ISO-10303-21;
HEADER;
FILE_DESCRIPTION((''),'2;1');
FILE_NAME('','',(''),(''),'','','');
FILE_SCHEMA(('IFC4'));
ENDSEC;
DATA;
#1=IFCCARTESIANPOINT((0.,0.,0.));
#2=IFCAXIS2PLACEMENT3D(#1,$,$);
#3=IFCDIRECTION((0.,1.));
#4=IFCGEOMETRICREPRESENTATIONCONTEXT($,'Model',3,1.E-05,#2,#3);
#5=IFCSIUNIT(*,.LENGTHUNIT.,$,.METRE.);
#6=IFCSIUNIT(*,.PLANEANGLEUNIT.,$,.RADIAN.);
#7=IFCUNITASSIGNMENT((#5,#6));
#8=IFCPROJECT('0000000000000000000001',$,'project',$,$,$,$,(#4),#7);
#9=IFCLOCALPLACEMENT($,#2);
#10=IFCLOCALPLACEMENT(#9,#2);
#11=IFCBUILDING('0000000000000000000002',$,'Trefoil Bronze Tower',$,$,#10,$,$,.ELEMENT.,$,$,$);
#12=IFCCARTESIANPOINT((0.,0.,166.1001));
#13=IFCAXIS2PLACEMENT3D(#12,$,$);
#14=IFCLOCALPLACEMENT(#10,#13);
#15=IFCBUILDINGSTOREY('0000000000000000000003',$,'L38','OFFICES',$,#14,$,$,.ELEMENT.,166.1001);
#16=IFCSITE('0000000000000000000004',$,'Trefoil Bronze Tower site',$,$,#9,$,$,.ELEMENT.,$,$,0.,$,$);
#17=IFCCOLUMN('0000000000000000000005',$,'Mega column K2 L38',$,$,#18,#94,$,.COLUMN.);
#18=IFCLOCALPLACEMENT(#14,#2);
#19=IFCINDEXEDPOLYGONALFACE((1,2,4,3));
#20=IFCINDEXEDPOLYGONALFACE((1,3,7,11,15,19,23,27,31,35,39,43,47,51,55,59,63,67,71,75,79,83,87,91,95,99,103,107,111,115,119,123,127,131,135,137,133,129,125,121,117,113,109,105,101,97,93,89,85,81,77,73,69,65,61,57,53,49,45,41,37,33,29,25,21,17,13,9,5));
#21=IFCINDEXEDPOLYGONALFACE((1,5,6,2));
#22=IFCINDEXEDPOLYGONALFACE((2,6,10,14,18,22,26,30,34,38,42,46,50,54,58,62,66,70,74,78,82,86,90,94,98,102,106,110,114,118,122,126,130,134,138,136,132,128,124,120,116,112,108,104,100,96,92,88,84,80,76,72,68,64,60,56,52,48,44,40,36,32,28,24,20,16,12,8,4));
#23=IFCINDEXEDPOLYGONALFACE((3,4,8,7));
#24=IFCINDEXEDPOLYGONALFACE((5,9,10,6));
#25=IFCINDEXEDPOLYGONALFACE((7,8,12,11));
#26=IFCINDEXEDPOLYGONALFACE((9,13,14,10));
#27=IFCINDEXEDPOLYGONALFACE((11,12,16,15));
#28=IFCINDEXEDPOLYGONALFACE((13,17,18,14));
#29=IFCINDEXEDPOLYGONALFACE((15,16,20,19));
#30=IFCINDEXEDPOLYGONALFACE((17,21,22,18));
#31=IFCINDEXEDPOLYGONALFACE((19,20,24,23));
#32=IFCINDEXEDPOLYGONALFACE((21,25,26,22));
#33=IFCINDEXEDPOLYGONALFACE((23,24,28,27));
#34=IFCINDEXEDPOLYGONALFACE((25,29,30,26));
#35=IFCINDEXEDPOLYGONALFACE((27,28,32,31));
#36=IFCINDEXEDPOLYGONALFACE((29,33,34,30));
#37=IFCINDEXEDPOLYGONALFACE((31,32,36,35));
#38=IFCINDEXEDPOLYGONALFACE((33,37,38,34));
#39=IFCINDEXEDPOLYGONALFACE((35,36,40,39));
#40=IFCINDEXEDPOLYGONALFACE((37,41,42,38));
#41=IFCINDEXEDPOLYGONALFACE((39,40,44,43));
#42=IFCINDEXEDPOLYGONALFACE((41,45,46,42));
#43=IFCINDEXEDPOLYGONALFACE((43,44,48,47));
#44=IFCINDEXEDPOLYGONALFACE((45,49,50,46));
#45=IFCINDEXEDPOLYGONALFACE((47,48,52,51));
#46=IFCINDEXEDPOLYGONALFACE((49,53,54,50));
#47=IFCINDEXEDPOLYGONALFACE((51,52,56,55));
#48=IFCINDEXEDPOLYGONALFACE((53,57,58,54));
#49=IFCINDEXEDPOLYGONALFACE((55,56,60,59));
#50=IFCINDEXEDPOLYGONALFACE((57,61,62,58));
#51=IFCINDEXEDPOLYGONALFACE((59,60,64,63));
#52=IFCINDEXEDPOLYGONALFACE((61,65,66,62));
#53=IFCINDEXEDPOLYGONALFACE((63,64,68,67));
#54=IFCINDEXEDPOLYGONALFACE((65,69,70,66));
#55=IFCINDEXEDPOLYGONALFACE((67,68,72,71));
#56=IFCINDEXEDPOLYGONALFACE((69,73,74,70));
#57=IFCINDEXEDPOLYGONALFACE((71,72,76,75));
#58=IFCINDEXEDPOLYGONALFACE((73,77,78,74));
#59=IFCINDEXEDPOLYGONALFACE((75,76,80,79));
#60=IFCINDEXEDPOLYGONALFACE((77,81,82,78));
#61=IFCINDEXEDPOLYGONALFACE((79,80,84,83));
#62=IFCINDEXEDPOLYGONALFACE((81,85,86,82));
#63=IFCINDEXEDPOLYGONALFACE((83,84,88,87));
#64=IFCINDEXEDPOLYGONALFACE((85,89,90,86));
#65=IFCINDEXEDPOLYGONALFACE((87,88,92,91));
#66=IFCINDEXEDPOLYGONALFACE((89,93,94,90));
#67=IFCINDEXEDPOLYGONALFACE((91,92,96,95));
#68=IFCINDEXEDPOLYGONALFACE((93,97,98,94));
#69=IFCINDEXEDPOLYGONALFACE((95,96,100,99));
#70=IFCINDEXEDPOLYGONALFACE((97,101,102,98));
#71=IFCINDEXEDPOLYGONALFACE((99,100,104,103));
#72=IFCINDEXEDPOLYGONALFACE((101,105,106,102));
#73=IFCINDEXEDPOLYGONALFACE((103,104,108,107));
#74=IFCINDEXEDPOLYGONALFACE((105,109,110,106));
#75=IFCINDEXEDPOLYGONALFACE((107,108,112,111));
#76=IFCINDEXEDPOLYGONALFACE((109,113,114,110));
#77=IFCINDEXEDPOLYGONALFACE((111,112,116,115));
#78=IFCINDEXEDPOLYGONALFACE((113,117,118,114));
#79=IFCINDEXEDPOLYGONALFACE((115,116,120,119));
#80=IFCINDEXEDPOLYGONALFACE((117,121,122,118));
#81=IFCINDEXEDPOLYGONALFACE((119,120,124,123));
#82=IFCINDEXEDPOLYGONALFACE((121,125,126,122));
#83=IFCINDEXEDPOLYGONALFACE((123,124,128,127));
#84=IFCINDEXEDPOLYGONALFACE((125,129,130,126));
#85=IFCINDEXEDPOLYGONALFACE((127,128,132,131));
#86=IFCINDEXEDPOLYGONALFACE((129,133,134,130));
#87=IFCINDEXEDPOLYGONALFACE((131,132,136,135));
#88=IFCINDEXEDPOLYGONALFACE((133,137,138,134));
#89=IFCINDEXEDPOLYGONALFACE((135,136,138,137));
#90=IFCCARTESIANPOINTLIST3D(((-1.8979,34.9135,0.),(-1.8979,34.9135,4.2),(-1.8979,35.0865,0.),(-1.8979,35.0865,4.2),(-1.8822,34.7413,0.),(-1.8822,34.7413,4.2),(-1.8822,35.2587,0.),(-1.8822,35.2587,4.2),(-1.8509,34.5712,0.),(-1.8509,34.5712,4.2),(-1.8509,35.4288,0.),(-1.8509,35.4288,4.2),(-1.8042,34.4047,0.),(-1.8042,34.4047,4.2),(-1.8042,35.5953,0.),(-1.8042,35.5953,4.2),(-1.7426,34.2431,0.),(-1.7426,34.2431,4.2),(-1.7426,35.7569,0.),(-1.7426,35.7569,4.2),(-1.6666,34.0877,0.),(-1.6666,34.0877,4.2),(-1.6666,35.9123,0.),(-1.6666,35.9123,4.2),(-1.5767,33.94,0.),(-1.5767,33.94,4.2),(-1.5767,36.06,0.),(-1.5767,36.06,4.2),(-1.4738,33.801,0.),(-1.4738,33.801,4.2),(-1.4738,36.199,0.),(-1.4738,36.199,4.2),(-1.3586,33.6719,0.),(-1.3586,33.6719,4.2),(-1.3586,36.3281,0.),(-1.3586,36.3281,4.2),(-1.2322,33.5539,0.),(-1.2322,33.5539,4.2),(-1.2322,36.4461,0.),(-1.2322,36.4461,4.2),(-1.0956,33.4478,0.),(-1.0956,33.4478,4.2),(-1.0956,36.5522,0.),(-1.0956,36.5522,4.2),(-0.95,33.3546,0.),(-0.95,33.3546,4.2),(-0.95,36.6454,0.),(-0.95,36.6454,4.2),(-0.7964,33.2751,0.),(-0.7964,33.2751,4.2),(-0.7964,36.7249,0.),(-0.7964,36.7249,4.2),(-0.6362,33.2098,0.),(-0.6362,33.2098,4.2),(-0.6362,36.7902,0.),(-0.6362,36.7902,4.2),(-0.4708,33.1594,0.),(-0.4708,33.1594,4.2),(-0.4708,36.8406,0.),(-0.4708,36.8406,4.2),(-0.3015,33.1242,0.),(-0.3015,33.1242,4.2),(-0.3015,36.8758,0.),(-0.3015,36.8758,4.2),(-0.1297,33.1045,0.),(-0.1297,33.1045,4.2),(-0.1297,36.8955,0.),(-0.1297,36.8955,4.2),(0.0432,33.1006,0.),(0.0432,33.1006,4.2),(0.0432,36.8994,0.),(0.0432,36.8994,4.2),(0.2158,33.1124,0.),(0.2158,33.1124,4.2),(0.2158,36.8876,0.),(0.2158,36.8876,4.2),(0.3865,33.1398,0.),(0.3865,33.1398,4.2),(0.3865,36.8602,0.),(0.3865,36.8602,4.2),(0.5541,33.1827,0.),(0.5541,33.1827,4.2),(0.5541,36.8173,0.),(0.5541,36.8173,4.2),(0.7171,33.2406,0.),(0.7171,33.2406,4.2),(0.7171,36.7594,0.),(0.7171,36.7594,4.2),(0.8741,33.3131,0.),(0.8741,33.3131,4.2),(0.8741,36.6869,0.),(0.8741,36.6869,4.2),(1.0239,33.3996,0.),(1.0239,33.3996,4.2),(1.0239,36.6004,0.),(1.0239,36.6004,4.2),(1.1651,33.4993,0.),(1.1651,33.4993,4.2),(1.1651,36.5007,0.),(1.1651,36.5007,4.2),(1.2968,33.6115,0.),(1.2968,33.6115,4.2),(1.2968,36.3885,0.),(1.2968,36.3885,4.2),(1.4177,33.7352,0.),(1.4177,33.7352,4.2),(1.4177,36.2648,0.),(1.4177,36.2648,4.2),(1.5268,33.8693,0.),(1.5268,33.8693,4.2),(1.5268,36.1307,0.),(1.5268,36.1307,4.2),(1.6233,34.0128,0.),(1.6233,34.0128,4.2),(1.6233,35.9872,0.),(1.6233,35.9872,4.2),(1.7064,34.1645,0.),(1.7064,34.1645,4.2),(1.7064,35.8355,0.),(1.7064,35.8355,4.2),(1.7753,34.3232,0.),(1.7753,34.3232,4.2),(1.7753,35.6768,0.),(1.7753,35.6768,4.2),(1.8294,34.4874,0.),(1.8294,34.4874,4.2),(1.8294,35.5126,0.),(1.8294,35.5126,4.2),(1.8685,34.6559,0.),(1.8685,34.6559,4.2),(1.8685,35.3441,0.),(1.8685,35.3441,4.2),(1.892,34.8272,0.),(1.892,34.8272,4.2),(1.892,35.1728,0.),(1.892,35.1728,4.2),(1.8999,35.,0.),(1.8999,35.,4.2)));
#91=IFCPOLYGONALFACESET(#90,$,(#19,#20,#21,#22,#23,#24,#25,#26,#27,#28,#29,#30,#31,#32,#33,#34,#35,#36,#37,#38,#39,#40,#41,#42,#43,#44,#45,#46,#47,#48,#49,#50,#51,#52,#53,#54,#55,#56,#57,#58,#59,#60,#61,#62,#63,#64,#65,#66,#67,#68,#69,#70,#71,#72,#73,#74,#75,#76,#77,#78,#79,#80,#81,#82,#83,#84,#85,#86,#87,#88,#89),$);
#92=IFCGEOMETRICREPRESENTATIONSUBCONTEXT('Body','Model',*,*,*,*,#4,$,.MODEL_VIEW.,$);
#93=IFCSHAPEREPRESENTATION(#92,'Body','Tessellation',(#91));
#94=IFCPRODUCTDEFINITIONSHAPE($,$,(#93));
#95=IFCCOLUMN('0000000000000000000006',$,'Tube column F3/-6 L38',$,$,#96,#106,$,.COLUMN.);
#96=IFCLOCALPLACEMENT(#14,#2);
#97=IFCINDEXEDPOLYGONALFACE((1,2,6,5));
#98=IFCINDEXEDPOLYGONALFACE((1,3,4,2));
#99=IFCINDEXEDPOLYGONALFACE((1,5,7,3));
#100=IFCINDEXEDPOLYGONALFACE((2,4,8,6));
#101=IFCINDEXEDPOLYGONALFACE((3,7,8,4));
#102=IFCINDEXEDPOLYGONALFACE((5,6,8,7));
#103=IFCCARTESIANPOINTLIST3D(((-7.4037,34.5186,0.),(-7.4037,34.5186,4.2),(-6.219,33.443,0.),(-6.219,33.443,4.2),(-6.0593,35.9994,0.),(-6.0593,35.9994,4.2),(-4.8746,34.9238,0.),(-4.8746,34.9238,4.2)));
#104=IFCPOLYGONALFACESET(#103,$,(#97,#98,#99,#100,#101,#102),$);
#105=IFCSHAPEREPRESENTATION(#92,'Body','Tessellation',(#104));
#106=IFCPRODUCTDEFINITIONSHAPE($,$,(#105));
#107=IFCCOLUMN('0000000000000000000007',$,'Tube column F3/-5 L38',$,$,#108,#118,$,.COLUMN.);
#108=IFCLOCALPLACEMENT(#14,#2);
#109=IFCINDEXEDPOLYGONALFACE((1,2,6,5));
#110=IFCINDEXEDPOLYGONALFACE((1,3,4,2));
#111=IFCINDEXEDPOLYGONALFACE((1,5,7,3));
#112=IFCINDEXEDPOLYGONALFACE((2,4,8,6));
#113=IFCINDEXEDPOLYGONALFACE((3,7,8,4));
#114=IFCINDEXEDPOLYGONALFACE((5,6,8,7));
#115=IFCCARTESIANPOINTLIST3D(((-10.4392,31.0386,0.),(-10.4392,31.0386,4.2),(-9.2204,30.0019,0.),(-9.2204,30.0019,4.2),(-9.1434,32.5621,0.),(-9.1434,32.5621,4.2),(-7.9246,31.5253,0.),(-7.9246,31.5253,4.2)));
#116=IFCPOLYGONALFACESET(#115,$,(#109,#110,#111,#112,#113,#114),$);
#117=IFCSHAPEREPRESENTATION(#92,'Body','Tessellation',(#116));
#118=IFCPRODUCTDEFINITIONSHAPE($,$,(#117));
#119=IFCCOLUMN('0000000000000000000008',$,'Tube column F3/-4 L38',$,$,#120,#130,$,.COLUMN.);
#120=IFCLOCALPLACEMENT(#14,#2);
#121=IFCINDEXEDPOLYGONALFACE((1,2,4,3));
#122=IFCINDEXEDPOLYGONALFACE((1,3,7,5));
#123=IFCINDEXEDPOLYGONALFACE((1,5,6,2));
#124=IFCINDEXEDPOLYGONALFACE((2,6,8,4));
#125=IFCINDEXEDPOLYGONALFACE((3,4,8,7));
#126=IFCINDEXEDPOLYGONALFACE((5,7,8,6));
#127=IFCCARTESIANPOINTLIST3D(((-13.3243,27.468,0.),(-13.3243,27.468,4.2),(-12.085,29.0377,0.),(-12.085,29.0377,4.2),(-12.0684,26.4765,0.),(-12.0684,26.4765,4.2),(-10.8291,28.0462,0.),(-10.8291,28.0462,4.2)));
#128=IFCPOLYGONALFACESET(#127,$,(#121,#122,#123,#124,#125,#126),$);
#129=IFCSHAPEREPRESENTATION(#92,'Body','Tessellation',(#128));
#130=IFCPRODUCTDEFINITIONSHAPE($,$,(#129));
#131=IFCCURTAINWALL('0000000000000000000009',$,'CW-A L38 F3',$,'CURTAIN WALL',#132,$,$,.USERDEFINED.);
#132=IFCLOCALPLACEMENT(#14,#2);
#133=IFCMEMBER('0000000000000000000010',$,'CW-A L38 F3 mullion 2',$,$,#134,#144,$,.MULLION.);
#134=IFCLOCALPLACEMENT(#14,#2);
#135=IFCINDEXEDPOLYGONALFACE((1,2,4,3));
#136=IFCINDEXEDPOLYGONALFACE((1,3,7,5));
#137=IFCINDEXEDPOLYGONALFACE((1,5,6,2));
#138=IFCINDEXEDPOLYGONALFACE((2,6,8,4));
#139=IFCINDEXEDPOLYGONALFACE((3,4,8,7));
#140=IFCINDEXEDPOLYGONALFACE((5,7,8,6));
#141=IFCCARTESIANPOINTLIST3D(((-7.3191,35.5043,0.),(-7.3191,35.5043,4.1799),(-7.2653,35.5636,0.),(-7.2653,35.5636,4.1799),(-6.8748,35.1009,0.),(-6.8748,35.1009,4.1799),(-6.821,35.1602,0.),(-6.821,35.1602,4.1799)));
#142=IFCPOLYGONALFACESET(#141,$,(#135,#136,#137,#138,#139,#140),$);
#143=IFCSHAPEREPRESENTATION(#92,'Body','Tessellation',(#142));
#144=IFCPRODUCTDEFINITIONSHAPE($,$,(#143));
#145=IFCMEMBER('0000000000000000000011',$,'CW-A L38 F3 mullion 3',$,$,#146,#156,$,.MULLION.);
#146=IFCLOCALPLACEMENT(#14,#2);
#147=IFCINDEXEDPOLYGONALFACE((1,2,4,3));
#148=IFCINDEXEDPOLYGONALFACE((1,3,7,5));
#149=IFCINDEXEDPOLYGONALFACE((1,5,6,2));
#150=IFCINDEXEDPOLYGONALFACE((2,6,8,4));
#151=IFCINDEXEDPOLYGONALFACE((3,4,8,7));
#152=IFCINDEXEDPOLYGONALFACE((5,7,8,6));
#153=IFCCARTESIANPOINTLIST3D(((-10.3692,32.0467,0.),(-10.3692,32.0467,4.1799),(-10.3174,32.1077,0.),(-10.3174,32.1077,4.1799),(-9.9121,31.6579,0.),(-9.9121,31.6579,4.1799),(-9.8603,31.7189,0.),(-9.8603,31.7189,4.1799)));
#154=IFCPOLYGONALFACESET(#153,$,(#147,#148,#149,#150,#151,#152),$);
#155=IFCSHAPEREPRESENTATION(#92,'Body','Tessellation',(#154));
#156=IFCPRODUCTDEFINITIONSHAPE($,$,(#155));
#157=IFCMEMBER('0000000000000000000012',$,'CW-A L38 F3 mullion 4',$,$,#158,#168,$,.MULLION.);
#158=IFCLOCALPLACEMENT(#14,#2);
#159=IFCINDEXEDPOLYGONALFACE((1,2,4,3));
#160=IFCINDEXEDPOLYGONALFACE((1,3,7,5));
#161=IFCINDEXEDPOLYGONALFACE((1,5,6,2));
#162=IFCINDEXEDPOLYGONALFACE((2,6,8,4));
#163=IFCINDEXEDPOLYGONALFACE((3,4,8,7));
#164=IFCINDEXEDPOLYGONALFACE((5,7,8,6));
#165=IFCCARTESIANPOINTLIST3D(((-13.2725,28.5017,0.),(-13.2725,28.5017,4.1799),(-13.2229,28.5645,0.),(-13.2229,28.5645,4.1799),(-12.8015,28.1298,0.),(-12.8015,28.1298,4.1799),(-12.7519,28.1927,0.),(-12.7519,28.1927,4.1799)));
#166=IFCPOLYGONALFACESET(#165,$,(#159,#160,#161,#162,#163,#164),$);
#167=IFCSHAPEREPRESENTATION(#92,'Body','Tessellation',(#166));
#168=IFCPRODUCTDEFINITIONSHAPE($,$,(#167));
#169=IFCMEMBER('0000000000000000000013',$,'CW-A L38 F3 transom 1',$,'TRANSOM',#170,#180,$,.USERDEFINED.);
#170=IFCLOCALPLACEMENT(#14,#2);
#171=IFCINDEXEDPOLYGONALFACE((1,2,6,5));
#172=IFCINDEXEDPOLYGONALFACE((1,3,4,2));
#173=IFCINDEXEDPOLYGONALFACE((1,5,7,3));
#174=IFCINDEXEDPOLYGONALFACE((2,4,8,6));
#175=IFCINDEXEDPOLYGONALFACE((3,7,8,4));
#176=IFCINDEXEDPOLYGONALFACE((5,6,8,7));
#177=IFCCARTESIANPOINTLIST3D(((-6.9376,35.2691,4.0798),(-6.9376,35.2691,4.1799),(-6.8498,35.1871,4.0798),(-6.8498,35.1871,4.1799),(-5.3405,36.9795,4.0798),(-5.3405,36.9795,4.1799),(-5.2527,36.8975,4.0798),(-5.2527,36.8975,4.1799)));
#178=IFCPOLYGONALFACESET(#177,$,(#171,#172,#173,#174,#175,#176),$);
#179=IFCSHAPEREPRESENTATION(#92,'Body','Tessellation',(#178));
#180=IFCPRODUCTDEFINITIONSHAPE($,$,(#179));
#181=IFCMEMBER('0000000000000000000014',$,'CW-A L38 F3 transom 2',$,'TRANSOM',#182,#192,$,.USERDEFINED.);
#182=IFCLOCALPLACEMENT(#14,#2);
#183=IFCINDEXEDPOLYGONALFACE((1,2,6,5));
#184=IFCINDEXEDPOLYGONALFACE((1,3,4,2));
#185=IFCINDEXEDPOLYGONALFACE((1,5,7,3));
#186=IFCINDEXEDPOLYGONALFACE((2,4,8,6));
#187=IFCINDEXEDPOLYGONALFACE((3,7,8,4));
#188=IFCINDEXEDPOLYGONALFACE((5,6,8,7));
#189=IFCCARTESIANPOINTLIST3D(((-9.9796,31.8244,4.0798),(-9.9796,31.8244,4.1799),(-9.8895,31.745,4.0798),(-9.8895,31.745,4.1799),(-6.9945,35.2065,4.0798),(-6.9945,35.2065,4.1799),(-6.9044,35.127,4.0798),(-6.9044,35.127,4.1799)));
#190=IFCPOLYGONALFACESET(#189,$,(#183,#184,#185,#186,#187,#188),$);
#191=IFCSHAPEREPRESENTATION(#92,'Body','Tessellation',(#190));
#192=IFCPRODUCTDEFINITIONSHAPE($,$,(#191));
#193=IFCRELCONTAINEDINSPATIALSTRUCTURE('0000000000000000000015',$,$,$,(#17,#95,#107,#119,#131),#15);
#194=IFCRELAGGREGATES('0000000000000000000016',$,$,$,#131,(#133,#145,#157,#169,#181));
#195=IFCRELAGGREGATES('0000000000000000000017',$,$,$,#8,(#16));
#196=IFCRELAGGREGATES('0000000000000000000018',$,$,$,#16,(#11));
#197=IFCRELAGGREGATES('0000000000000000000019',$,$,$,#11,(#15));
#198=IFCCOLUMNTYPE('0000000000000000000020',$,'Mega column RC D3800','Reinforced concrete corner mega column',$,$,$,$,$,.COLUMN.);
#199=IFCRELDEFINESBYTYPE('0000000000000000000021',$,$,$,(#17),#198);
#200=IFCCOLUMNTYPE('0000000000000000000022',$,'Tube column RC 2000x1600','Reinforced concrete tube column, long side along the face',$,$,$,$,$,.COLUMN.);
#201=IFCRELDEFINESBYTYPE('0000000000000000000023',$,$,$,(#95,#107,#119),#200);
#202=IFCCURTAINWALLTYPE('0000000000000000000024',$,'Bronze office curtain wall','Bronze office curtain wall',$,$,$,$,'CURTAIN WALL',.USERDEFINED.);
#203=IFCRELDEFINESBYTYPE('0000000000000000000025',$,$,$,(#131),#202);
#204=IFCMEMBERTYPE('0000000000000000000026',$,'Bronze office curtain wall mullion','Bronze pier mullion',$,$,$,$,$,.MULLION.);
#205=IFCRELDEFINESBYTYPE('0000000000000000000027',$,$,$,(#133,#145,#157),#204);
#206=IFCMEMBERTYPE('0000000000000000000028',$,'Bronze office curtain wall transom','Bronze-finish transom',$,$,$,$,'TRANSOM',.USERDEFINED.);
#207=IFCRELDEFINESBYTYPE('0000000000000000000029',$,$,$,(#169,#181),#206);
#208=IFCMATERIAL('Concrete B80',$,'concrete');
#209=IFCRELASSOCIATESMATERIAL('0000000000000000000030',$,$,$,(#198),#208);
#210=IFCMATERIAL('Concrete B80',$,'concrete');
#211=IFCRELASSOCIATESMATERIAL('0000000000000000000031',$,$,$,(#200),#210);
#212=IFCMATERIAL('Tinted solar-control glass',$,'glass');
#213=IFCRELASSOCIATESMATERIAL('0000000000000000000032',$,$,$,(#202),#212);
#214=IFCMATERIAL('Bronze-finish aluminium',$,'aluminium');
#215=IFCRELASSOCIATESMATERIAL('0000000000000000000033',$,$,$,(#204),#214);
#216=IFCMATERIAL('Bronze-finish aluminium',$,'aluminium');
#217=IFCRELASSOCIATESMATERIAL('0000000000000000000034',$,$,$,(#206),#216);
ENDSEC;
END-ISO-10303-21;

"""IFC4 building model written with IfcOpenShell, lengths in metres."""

from ifc_helpers import new_model, si_unit, direction, frame, origin, origin_2d, place, context, subcontext, project, spatial, rectangle, circle, extrude, material, material_profile, profile_set, type_object, element, aggregate, save


model = new_model("IFC4")

# Units and contexts
model_context = context("Model", 3, precision=1e-05, world=origin(), true_north=direction((0.0, 1.0)))
body_context = subcontext(model_context, "Body", "Model", "MODEL_VIEW")
ifc_project = project(units=[si_unit("LENGTHUNIT", "METRE"), si_unit("PLANEANGLEUNIT", "RADIAN")], contexts=[model_context])

# Site, building, storey
site_placement = place(None, origin())
site = spatial("IfcSite", under=ifc_project, at=site_placement, Name="Trefoil Bronze Tower site", CompositionType="ELEMENT", RefElevation=0.0)
building_placement = place(site_placement, origin())
building = spatial("IfcBuilding", under=site, at=building_placement, Name="Trefoil Bronze Tower", CompositionType="ELEMENT")
storey_placement = place(building_placement, frame((0.0, 0.0, 166.1001)))
storey = spatial("IfcBuildingStorey", under=building, at=storey_placement, Name="L38", Description="OFFICES", CompositionType="ELEMENT", Elevation=166.1001)

# Columns
ifc_material_1 = material(Name="Concrete B80", Category="concrete")
ifc_material_profile_1 = material_profile(ifc_material_1, circle(Radius=1.8999, at=origin_2d()), Name="RC D3800")
ifc_profile_set_1 = profile_set([ifc_material_profile_1], Name="Concrete B80")
column_type_1 = type_object("IfcColumnType", Name="Mega column RC D3800", Description="Reinforced concrete corner mega column", PredefinedType="COLUMN", material=ifc_profile_set_1)
column_placement = place(storey_placement, frame((0.0, 35.0, 0.0), z_axis=(0.0, 0.0, 1.0), x_axis=(1.0, 0.0, 0.0)))
element("IfcColumn", 1, at=column_placement, inside=storey, type_object=column_type_1, Name="Mega column K2 L38", PredefinedType="COLUMN", context=body_context, shape_type="SweptSolid", body=[
    extrude(circle(Radius=1.8999, at=origin_2d()), origin(), (0.0, 0.0, 1.0), 4.2),
])
ifc_material_2 = material(Name="Concrete B80", Category="concrete")
ifc_material_profile_2 = material_profile(ifc_material_2, rectangle(XDim=2.0, YDim=1.6001, at=origin_2d()), Name="RC 2000x1600")
ifc_profile_set_2 = profile_set([ifc_material_profile_2], Name="Concrete B80")
column_type_2 = type_object("IfcColumnType", Name="Tube column RC 2000x1600", Description="Reinforced concrete tube column, long side along the face", PredefinedType="COLUMN", material=ifc_profile_set_2)
for number, where, z_axis, x_axis, name in (
    (2, (-6.1392, 34.7212, 0.0), (0.0, 0.0, 1.0), (-0.67221, -0.740361, 0.0), "Tube column F3/-6 L38"),
    (3, (-9.1819, 31.282, 0.0), (0.0, 0.0, 1.0), (-0.647904, -0.761722, 0.0), "Tube column F3/-5 L38"),
    (4, (-12.0767, 27.7571, 0.0), (0.0, 0.0, 1.0), (-0.619649, -0.784879, 0.0), "Tube column F3/-4 L38"),
):
    element("IfcColumn", number, at=place(storey_placement, frame(where, z_axis=z_axis, x_axis=x_axis)), inside=storey, type_object=column_type_2, Name=name, PredefinedType="COLUMN", context=body_context, shape_type="SweptSolid", body=[
        extrude(rectangle(XDim=2.0, YDim=1.6001, at=origin_2d()), origin(), (0.0, 0.0, 1.0), 4.2),
    ])

# Curtain wall, members
ifc_material_3 = material(Name="Tinted solar-control glass", Category="glass")
curtain_wall_type_1 = type_object("IfcCurtainWallType", Name="Bronze office curtain wall", Description="Bronze office curtain wall", ElementType="CURTAIN WALL", PredefinedType="USERDEFINED", material=ifc_material_3)
curtain_wall_1_placement = place(storey_placement, origin())
curtain_wall_1 = element("IfcCurtainWall", 5, at=curtain_wall_1_placement, inside=storey, type_object=curtain_wall_type_1, Name="CW-A L38 F3", ObjectType="CURTAIN WALL", PredefinedType="USERDEFINED")
ifc_material_4 = material(Name="Bronze-finish aluminium", Category="aluminium")
ifc_material_profile_3 = material_profile(ifc_material_4, rectangle(XDim=0.6001, YDim=0.0801, at=origin_2d()), Name="CW-A mullion")
ifc_profile_set_3 = profile_set([ifc_material_profile_3], Name="Bronze-finish aluminium")
member_type_1 = type_object("IfcMemberType", Name="Bronze office curtain wall mullion", Description="Bronze pier mullion", PredefinedType="MULLION", material=ifc_profile_set_3)
member_1_placement = place(storey_placement, frame((-7.0701, 35.3323, 0.0), z_axis=(0.0, 0.0, 1.0), x_axis=(0.740361, -0.67221, 0.0)))
member_1 = element("IfcMember", 6, at=member_1_placement, type_object=member_type_1, Name="CW-A L38 F3 mullion 2", PredefinedType="MULLION", context=body_context, shape_type="SweptSolid", body=[
    extrude(rectangle(XDim=0.6001, YDim=0.0801, at=origin_2d()), origin(), (0.0, 0.0, 1.0), 4.1799),
])
member_2_placement = place(storey_placement, frame((-10.1147, 31.8828, 0.0), z_axis=(0.0, 0.0, 1.0), x_axis=(0.761722, -0.647904, 0.0)))
member_2 = element("IfcMember", 7, at=member_2_placement, type_object=member_type_1, Name="CW-A L38 F3 mullion 3", PredefinedType="MULLION", context=body_context, shape_type="SweptSolid", body=[
    extrude(rectangle(XDim=0.6001, YDim=0.0801, at=origin_2d()), origin(), (0.0, 0.0, 1.0), 4.1799),
])
member_3_placement = place(storey_placement, frame((-13.0122, 28.3472, 0.0), z_axis=(0.0, 0.0, 1.0), x_axis=(0.784879, -0.619649, 0.0)))
member_3 = element("IfcMember", 8, at=member_3_placement, type_object=member_type_1, Name="CW-A L38 F3 mullion 4", PredefinedType="MULLION", context=body_context, shape_type="SweptSolid", body=[
    extrude(rectangle(XDim=0.6001, YDim=0.0801, at=origin_2d()), origin(), (0.0, 0.0, 1.0), 4.1799),
])
ifc_material_5 = material(Name="Bronze-finish aluminium", Category="aluminium")
ifc_material_profile_4 = material_profile(ifc_material_5, rectangle(XDim=0.1201, YDim=0.1001, at=origin_2d()), Name="CW-A transom")
ifc_profile_set_4 = profile_set([ifc_material_profile_4], Name="Bronze-finish aluminium")
member_type_2 = type_object("IfcMemberType", Name="Bronze office curtain wall transom", Description="Bronze-finish transom", ElementType="TRANSOM", PredefinedType="USERDEFINED", material=ifc_profile_set_4)
member_4_placement = place(storey_placement, frame((-5.2966, 36.9385, 4.1299), z_axis=(-0.682489, -0.730896, 0.0), x_axis=(0.730896, -0.682489, 0.0)))
member_4 = element("IfcMember", 9, at=member_4_placement, type_object=member_type_2, Name="CW-A L38 F3 transom 1", ObjectType="TRANSOM", PredefinedType="USERDEFINED", context=body_context, shape_type="SweptSolid", body=[
    extrude(rectangle(XDim=0.1201, YDim=0.1001, at=origin_2d()), origin(), (0.0, 0.0, 1.0), 2.3401),
])
member_5_placement = place(storey_placement, frame((-6.9495, 35.1667, 4.1299), z_axis=(-0.661736, -0.749737, 0.0), x_axis=(0.749737, -0.661736, 0.0)))
member_5 = element("IfcMember", 10, at=member_5_placement, type_object=member_type_2, Name="CW-A L38 F3 transom 2", ObjectType="TRANSOM", PredefinedType="USERDEFINED", context=body_context, shape_type="SweptSolid", body=[
    extrude(rectangle(XDim=0.1201, YDim=0.1001, at=origin_2d()), origin(), (0.0, 0.0, 1.0), 4.511),
])

aggregate(curtain_wall_1, [member_1, member_2, member_3, member_4, member_5])

save(model, "model.ifc")
